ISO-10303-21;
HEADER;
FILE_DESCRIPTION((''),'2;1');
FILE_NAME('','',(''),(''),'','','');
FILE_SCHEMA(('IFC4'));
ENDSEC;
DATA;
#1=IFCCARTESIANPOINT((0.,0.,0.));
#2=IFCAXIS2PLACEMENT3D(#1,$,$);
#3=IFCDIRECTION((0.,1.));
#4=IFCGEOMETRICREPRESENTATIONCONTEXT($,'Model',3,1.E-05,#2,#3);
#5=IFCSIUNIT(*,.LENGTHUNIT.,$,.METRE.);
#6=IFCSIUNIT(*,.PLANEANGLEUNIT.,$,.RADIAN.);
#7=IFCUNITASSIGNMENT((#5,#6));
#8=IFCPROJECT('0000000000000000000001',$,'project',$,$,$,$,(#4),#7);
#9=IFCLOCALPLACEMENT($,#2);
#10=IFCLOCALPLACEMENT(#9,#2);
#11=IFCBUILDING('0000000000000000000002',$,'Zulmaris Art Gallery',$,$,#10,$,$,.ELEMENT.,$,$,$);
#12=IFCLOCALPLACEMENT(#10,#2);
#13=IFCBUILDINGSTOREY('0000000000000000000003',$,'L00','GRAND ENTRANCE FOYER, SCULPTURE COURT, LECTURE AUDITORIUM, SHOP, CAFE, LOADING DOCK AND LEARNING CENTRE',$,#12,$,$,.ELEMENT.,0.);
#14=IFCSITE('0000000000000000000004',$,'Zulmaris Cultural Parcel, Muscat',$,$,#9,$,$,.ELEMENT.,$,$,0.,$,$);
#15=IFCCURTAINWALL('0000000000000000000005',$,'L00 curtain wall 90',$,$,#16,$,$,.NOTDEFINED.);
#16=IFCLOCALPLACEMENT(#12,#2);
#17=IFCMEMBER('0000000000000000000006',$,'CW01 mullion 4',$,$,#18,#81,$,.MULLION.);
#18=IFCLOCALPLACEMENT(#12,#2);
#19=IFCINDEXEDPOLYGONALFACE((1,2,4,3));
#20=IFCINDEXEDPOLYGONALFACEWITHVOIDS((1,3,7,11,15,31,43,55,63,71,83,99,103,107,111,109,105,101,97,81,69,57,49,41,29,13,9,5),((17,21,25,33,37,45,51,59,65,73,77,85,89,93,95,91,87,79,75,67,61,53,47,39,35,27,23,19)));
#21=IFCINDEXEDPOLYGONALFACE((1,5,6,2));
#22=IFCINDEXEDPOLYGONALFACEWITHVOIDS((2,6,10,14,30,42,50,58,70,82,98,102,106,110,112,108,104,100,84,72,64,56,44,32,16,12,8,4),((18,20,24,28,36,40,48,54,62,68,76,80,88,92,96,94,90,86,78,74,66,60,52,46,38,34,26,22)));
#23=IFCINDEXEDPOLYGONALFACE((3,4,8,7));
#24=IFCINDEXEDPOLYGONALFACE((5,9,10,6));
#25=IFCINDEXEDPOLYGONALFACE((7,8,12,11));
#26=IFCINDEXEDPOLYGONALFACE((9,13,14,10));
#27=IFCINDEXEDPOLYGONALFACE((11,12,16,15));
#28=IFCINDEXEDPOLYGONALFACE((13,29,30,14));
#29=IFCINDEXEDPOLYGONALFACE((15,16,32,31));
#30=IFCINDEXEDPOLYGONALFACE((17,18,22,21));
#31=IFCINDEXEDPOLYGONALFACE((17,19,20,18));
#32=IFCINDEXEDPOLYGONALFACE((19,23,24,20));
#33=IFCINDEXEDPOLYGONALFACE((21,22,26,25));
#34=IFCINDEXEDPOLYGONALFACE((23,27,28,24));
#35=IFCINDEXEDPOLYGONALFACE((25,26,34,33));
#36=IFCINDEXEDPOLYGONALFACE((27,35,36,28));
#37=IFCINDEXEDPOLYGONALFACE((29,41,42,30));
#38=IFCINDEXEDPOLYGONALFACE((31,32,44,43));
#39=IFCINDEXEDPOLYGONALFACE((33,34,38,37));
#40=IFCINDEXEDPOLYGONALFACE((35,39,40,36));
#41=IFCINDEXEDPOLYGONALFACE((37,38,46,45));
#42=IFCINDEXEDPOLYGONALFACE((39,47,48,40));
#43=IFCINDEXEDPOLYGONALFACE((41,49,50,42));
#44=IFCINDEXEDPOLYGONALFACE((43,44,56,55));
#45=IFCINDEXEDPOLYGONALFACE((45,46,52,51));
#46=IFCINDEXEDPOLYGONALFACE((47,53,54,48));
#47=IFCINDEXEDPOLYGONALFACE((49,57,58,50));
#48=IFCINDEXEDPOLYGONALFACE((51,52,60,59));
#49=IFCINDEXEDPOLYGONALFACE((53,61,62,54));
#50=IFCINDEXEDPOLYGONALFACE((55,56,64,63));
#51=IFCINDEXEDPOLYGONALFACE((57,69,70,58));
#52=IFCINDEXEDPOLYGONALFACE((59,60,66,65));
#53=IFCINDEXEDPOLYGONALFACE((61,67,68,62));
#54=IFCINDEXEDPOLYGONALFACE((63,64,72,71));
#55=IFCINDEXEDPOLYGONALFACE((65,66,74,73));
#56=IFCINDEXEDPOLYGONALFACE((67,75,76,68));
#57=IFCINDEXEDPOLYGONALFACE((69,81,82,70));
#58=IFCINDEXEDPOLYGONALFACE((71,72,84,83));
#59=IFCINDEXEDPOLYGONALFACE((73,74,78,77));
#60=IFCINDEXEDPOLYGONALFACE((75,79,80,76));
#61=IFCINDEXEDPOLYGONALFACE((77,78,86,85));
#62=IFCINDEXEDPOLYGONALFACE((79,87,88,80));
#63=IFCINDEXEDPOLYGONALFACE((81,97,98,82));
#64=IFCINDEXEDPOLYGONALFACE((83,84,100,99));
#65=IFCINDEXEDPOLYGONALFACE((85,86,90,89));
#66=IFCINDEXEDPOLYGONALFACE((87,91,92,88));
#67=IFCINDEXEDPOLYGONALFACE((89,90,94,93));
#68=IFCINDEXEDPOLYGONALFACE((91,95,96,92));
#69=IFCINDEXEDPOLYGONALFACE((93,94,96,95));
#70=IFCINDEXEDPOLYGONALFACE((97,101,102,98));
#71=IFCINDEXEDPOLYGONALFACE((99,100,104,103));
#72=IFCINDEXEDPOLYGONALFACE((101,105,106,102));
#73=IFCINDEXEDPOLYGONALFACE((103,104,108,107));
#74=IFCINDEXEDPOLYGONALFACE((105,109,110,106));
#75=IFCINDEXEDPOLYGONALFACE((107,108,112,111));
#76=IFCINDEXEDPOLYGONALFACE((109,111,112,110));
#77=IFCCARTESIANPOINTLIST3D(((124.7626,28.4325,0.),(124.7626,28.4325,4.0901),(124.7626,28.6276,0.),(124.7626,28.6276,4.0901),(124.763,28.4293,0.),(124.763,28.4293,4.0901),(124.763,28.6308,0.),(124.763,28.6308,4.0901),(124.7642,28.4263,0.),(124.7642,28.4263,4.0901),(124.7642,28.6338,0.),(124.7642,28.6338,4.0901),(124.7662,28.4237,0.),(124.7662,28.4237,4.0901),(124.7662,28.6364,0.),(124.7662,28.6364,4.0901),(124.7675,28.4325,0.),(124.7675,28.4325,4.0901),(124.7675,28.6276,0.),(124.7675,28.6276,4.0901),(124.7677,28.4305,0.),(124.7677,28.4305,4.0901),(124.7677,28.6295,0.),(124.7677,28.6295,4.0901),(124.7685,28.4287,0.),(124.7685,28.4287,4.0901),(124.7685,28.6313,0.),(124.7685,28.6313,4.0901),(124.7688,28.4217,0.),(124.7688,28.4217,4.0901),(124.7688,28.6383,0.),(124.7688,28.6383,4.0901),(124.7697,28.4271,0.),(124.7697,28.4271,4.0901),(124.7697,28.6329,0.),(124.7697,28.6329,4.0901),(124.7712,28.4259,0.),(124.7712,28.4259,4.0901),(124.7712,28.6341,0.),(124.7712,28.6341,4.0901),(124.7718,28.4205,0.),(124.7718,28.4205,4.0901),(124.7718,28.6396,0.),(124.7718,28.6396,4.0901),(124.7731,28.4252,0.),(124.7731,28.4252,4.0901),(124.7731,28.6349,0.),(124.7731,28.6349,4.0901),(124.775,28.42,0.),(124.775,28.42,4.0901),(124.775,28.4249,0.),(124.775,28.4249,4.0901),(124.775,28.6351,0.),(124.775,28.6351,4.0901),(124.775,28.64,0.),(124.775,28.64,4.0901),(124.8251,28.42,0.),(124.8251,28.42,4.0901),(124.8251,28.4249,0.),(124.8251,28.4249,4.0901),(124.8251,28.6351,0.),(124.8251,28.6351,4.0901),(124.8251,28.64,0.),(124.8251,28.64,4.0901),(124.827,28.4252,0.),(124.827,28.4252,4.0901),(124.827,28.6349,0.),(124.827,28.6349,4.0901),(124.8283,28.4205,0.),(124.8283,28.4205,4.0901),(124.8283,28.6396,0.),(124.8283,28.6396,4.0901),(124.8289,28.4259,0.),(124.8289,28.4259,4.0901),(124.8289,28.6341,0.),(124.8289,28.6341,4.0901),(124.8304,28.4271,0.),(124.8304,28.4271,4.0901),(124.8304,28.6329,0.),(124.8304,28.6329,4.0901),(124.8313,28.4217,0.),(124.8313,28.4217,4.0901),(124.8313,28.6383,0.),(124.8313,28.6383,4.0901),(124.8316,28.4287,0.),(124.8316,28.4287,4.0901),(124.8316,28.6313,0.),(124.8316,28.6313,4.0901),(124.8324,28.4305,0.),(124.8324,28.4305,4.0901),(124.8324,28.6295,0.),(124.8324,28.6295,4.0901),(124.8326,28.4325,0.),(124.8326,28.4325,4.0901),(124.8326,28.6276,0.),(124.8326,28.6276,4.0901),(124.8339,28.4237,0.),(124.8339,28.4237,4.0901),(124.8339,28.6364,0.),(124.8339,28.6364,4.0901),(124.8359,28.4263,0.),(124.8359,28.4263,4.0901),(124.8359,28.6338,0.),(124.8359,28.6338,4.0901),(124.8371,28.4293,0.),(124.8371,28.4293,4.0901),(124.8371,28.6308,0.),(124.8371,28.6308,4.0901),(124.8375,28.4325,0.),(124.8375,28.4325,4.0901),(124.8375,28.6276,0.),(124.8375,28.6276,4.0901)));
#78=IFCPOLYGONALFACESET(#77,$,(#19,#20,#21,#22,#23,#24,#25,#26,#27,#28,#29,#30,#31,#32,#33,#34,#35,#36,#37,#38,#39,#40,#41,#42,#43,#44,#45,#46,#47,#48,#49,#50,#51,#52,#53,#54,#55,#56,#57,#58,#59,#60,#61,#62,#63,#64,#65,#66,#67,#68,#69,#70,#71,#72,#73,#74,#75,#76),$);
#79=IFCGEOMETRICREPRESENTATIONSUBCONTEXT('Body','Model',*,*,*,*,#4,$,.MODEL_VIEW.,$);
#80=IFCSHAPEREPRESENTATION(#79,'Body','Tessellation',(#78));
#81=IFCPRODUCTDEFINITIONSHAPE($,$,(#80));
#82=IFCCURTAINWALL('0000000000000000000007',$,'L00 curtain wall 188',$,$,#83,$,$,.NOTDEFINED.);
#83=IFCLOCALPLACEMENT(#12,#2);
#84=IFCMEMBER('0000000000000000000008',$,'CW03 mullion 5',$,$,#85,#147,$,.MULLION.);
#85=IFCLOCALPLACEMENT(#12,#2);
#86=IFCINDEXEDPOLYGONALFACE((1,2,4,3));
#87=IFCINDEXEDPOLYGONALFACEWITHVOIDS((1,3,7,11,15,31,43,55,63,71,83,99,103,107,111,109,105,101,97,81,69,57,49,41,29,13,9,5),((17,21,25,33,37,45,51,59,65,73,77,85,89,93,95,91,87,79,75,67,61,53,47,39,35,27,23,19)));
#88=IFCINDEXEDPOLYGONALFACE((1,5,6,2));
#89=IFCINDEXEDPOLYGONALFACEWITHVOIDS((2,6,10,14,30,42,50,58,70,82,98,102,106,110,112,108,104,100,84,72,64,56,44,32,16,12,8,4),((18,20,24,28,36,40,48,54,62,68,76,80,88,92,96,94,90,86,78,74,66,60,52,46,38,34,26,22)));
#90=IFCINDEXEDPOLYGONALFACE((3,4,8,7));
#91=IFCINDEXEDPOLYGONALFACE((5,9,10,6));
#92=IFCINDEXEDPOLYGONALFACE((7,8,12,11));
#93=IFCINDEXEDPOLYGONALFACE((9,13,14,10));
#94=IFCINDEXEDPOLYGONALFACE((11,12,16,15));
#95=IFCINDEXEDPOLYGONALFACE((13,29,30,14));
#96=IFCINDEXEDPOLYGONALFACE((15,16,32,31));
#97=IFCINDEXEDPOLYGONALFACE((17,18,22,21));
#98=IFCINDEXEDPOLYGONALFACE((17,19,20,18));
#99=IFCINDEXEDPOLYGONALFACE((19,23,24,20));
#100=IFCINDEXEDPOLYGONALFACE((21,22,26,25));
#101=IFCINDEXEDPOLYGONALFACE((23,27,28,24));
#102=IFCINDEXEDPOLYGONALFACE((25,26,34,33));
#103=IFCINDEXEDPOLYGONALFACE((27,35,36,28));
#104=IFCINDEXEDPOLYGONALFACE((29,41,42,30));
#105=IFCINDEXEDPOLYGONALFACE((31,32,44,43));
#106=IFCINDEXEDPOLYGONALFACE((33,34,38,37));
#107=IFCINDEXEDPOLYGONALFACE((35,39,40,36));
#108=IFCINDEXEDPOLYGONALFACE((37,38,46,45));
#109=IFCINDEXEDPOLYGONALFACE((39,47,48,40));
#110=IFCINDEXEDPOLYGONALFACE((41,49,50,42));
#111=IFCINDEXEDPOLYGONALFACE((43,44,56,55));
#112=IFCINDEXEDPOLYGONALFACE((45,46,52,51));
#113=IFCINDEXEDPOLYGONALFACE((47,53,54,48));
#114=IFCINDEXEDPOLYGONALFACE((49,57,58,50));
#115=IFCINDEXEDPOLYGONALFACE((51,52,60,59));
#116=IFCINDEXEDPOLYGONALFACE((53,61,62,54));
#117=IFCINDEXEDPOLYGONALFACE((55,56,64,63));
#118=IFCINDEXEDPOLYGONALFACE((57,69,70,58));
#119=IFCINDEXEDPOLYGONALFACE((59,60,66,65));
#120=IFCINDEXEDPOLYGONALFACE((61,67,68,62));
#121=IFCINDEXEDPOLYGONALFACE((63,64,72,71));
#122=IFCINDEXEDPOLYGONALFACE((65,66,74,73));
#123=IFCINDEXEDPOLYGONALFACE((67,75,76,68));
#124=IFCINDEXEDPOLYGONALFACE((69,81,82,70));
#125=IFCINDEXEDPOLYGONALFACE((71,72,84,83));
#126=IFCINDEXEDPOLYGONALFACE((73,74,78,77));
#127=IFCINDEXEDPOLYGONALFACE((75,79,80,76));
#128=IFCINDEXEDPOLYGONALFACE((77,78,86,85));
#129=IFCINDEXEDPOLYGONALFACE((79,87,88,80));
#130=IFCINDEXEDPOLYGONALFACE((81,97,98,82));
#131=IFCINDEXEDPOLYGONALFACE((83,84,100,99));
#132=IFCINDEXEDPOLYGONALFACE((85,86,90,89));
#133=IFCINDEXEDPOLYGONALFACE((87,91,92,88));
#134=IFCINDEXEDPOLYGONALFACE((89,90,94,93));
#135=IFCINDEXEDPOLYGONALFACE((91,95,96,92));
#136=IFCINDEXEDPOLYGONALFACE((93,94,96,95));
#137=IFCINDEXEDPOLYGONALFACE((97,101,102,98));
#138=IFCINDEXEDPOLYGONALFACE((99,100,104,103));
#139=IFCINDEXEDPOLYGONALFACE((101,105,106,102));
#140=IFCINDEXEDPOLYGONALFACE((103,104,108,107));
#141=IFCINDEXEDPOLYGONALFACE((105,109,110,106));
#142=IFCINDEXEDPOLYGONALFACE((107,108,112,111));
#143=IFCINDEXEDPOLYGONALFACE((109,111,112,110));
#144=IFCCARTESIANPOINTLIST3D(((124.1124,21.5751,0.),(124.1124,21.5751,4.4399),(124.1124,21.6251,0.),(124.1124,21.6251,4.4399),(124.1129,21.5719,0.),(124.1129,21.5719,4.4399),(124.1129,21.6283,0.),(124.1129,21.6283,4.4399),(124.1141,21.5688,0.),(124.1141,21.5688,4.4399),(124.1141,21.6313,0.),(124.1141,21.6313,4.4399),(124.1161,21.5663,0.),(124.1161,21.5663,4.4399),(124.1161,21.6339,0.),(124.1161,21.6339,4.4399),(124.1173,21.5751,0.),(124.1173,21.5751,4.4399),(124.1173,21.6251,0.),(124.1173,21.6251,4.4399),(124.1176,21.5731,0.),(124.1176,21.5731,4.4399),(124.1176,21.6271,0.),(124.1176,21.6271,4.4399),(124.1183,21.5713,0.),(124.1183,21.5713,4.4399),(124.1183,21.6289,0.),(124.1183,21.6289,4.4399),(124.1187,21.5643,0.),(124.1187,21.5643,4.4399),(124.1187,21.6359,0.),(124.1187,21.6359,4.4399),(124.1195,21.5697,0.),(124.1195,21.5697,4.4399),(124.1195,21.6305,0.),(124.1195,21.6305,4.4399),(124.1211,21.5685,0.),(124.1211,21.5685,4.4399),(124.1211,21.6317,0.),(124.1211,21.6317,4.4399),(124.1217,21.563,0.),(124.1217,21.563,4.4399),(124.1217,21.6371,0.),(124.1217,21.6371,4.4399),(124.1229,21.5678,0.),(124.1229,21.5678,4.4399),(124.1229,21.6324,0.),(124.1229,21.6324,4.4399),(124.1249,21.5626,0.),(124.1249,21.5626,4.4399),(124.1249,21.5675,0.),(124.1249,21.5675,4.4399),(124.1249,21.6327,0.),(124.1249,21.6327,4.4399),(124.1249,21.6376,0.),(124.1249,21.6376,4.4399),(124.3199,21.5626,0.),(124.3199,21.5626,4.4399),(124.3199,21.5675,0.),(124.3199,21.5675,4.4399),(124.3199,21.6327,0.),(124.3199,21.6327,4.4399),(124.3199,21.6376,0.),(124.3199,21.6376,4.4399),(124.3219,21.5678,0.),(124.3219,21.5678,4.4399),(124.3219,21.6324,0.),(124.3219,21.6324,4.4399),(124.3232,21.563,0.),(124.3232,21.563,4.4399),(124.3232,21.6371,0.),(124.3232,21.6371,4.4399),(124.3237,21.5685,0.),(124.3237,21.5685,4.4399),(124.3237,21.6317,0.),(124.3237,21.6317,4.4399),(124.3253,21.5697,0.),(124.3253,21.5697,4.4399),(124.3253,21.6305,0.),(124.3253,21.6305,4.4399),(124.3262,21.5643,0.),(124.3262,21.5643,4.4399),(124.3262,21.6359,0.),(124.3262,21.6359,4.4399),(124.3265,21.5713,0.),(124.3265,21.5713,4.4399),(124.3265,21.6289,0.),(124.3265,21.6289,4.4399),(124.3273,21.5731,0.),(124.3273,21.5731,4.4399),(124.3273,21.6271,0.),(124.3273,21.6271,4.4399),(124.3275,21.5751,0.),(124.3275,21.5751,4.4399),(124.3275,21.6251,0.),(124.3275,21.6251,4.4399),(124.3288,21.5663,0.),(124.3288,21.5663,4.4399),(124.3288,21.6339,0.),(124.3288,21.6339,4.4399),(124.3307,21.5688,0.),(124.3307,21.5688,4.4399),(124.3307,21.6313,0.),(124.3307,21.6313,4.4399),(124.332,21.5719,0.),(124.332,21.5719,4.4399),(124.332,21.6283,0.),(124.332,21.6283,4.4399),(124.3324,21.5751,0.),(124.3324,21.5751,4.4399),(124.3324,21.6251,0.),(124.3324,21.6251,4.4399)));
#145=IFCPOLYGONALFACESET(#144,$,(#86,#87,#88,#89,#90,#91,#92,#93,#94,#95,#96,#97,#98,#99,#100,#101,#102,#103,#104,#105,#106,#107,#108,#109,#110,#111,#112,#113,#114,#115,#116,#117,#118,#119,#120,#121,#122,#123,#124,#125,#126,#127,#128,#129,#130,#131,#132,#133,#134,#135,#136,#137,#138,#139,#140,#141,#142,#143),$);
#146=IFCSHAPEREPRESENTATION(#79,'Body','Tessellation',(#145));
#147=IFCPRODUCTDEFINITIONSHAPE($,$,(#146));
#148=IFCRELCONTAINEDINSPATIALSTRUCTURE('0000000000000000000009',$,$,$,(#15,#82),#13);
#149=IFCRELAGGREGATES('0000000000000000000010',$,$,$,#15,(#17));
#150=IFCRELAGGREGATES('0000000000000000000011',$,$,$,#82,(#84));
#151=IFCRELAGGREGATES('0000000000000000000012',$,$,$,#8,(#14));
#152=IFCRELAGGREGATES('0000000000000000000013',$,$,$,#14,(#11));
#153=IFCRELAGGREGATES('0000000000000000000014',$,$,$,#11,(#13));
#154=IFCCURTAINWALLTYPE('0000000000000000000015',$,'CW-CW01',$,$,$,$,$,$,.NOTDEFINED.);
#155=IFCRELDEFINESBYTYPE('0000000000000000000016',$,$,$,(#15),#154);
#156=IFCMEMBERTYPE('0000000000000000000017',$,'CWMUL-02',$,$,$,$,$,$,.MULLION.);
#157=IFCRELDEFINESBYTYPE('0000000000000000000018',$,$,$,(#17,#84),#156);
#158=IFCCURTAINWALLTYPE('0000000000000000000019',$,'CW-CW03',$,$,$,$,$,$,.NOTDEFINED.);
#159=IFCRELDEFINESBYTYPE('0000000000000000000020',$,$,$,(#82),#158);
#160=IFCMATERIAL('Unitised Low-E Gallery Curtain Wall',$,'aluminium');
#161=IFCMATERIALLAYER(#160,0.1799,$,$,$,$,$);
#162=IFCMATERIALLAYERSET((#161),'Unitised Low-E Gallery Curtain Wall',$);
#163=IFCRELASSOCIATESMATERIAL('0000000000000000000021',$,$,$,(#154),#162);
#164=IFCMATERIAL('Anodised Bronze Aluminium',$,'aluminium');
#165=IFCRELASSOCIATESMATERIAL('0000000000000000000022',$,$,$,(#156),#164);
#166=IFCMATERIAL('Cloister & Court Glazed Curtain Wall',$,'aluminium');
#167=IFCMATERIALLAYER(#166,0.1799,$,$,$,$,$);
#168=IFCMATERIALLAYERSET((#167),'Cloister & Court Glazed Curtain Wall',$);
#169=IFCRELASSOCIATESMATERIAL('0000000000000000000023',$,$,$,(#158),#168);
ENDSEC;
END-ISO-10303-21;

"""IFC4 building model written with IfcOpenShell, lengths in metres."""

from ifc_helpers import new_model, si_unit, direction, frame, origin, origin_2d, place, context, subcontext, project, spatial, hollow_rectangle, extrude, material, layer, layer_set, material_profile, profile_set, type_object, element, aggregate, save


model = new_model("IFC4")

# Units and contexts
model_context = context("Model", 3, precision=1e-05, world=origin(), true_north=direction((0.0, 1.0)))
body_context = subcontext(model_context, "Body", "Model", "MODEL_VIEW")
ifc_project = project(units=[si_unit("LENGTHUNIT", "METRE"), si_unit("PLANEANGLEUNIT", "RADIAN")], contexts=[model_context])

# Site, building, storey
site_placement = place(None, origin())
site = spatial("IfcSite", under=ifc_project, at=site_placement, Name="Zulmaris Cultural Parcel, Muscat", CompositionType="ELEMENT", RefElevation=0.0)
building_placement = place(site_placement, origin())
building = spatial("IfcBuilding", under=site, at=building_placement, Name="Zulmaris Art Gallery", CompositionType="ELEMENT")
storey_placement = place(building_placement, origin())
storey = spatial("IfcBuildingStorey", under=building, at=storey_placement, Name="L00", Description="GRAND ENTRANCE FOYER, SCULPTURE COURT, LECTURE AUDITORIUM, SHOP, CAFE, LOADING DOCK AND LEARNING CENTRE", CompositionType="ELEMENT", Elevation=0.0)

# Curtain walls, members
ifc_material_1 = material(Name="Unitised Low-E Gallery Curtain Wall", Category="aluminium")
ifc_layer_1 = layer(ifc_material_1, 0.1799)
ifc_layer_set_1 = layer_set([ifc_layer_1], Name="Unitised Low-E Gallery Curtain Wall")
curtain_wall_type_1 = type_object("IfcCurtainWallType", Name="CW-CW01", PredefinedType="NOTDEFINED", material=ifc_layer_set_1)
curtain_wall_1_placement = place(storey_placement, origin())
curtain_wall_1 = element("IfcCurtainWall", 1, at=curtain_wall_1_placement, inside=storey, type_object=curtain_wall_type_1, Name="L00 curtain wall 90", PredefinedType="NOTDEFINED")
ifc_material_2 = material(Name="Anodised Bronze Aluminium", Category="aluminium")
ifc_material_profile_1 = material_profile(ifc_material_2, hollow_rectangle(XDim=0.075, YDim=0.22, WallThickness=0.0049, InnerFilletRadius=0.0076, OuterFilletRadius=0.0125, at=origin_2d()), Name="ALU 75x220x5")
ifc_profile_set_1 = profile_set([ifc_material_profile_1], Name="Anodised Bronze Aluminium")
member_type_1 = type_object("IfcMemberType", Name="CWMUL-02", PredefinedType="MULLION", material=ifc_profile_set_1)
member_1_placement = place(storey_placement, frame((124.8, 28.53, 0.0), z_axis=(0.0, 0.0, 1.0), x_axis=(-1.0, 0.0, 0.0)))
member_1 = element("IfcMember", 2, at=member_1_placement, type_object=member_type_1, Name="CW01 mullion 4", PredefinedType="MULLION", context=body_context, shape_type="SweptSolid", body=[
    extrude(hollow_rectangle(XDim=0.075, YDim=0.22, WallThickness=0.0049, InnerFilletRadius=0.0076, OuterFilletRadius=0.0125, at=origin_2d()), origin(), (0.0, 0.0, 1.0), 4.0901),
])
ifc_material_3 = material(Name="Cloister & Court Glazed Curtain Wall", Category="aluminium")
ifc_layer_2 = layer(ifc_material_3, 0.1799)
ifc_layer_set_2 = layer_set([ifc_layer_2], Name="Cloister & Court Glazed Curtain Wall")
curtain_wall_type_2 = type_object("IfcCurtainWallType", Name="CW-CW03", PredefinedType="NOTDEFINED", material=ifc_layer_set_2)
curtain_wall_2_placement = place(storey_placement, origin())
curtain_wall_2 = element("IfcCurtainWall", 3, at=curtain_wall_2_placement, inside=storey, type_object=curtain_wall_type_2, Name="L00 curtain wall 188", PredefinedType="NOTDEFINED")
member_2_placement = place(storey_placement, frame((124.2224, 21.6001, 0.0), z_axis=(0.0, 0.0, 1.0), x_axis=(0.0, 1.0, 0.0)))
member_2 = element("IfcMember", 4, at=member_2_placement, type_object=member_type_1, Name="CW03 mullion 5", PredefinedType="MULLION", context=body_context, shape_type="SweptSolid", body=[
    extrude(hollow_rectangle(XDim=0.075, YDim=0.22, WallThickness=0.0049, InnerFilletRadius=0.0076, OuterFilletRadius=0.0125, at=origin_2d()), origin(), (0.0, 0.0, 1.0), 4.4399),
])

aggregate(curtain_wall_1, [member_1])
aggregate(curtain_wall_2, [member_2])

save(model, "model.ifc")
